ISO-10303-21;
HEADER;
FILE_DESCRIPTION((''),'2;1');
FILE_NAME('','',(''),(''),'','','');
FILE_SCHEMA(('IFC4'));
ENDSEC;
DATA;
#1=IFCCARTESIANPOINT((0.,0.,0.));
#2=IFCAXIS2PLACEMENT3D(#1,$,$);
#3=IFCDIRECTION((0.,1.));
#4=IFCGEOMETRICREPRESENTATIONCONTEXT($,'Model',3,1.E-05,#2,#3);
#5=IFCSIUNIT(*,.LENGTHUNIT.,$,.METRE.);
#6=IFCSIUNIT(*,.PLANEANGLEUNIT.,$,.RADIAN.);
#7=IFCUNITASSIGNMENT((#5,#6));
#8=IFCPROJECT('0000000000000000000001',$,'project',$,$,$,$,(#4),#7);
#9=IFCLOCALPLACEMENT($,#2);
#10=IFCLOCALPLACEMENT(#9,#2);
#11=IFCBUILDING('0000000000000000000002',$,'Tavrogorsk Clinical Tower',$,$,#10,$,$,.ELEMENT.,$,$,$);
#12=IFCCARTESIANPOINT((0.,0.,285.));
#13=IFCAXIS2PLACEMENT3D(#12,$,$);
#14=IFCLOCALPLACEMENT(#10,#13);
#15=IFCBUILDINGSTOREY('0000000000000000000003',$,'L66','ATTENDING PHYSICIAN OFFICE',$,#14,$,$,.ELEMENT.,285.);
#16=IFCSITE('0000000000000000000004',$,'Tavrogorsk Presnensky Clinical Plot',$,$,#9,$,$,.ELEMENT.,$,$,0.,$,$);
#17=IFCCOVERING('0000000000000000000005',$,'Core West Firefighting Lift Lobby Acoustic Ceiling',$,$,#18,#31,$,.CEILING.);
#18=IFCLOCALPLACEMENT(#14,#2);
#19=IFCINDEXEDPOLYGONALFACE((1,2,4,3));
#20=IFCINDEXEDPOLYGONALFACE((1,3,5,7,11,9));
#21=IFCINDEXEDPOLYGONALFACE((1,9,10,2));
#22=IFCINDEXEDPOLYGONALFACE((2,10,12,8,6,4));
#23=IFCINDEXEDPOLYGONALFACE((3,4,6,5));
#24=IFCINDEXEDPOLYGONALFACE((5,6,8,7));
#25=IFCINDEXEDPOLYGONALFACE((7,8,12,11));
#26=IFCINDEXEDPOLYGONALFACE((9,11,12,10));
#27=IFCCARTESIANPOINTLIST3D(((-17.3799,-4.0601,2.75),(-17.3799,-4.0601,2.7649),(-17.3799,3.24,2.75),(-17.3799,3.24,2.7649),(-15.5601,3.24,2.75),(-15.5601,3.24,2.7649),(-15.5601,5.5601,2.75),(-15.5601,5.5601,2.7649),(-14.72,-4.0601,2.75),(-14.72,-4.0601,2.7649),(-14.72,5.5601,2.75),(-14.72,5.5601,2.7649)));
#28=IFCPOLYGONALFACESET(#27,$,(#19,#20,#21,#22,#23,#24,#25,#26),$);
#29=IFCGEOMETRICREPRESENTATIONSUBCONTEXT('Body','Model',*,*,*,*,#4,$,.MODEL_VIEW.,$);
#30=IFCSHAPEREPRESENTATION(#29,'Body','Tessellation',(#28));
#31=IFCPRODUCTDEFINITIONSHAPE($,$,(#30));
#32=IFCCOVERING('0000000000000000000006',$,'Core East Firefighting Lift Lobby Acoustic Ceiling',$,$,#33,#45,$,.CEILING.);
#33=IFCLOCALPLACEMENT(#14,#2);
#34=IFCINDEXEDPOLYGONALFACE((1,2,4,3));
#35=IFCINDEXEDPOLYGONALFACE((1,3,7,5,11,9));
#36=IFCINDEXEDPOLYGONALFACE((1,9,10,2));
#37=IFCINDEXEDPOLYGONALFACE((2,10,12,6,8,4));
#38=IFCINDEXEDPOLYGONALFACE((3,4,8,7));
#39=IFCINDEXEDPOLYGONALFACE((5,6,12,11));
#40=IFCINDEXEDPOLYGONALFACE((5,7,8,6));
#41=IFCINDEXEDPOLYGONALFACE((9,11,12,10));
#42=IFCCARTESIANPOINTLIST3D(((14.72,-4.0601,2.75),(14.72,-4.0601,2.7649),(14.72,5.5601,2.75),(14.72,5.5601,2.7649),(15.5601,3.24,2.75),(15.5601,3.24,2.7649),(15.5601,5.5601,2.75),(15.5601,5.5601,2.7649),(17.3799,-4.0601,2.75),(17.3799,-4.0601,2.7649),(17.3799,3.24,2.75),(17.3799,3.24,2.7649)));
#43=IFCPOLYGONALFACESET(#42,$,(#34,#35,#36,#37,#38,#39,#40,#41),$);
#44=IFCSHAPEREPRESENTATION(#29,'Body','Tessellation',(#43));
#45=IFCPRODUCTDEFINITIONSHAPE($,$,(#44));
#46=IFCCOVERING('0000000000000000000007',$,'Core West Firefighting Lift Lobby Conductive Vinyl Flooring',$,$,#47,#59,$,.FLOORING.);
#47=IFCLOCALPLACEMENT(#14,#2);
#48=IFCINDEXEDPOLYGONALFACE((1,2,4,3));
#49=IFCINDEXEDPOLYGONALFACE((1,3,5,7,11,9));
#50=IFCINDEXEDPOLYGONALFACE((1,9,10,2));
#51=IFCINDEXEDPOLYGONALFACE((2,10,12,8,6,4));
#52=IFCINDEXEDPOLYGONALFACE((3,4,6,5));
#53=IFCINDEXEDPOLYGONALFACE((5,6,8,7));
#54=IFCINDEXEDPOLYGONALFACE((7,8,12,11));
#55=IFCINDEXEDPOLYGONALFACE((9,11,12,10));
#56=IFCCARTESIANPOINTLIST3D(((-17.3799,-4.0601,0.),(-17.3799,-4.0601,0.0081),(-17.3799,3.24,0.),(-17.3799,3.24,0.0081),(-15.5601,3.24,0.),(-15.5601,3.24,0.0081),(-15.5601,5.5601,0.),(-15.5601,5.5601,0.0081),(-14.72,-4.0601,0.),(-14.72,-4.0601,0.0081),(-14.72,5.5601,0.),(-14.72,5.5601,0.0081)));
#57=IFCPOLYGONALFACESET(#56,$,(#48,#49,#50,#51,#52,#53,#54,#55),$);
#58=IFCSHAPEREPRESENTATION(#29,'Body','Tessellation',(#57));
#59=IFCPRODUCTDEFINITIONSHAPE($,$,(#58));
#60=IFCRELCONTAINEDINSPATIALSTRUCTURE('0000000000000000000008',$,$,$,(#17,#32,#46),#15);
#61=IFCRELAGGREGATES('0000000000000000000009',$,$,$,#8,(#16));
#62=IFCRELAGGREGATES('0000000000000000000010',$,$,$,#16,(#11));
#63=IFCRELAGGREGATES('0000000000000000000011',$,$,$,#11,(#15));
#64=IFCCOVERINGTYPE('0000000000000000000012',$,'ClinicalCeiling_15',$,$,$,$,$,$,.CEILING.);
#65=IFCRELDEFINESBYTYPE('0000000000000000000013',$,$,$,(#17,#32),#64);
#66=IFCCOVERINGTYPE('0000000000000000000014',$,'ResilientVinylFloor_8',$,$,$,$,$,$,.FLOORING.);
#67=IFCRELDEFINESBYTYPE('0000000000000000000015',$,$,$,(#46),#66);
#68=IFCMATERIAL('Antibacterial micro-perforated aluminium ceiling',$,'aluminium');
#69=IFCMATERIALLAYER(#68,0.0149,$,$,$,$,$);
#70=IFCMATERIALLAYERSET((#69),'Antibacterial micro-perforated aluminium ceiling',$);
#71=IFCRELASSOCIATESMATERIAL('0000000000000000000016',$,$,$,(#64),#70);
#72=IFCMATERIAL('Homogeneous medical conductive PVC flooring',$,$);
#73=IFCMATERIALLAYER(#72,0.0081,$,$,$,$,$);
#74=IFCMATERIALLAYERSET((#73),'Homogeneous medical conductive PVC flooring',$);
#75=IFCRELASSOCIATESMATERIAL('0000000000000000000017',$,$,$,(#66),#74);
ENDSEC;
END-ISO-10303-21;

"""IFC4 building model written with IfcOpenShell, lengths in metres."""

from ifc_helpers import new_model, si_unit, direction, frame, origin, place, context, subcontext, project, spatial, polyline, outline, extrude, material, layer, layer_set, type_object, element, save


model = new_model("IFC4")

# Units and contexts
model_context = context("Model", 3, precision=1e-05, world=origin(), true_north=direction((0.0, 1.0)))
body_context = subcontext(model_context, "Body", "Model", "MODEL_VIEW")
ifc_project = project(units=[si_unit("LENGTHUNIT", "METRE"), si_unit("PLANEANGLEUNIT", "RADIAN")], contexts=[model_context])

# Site, building, storey
site_placement = place(None, origin())
site = spatial("IfcSite", under=ifc_project, at=site_placement, Name="Tavrogorsk Presnensky Clinical Plot", CompositionType="ELEMENT", RefElevation=0.0)
building_placement = place(site_placement, origin())
building = spatial("IfcBuilding", under=site, at=building_placement, Name="Tavrogorsk Clinical Tower", CompositionType="ELEMENT")
storey_placement = place(building_placement, frame((0.0, 0.0, 285.0)))
storey = spatial("IfcBuildingStorey", under=building, at=storey_placement, Name="L66", Description="ATTENDING PHYSICIAN OFFICE", CompositionType="ELEMENT", Elevation=285.0)

# Coverings
ifc_material_1 = material(Name="Antibacterial micro-perforated aluminium ceiling", Category="aluminium")
ifc_layer_1 = layer(ifc_material_1, 0.0149)
ifc_layer_set_1 = layer_set([ifc_layer_1], Name="Antibacterial micro-perforated aluminium ceiling")
covering_type_1 = type_object("IfcCoveringType", Name="ClinicalCeiling_15", PredefinedType="CEILING", material=ifc_layer_set_1)
covering_1_placement = place(storey_placement, frame((0.0, 0.0, 2.75)))
element("IfcCovering", 1, at=covering_1_placement, inside=storey, type_object=covering_type_1, Name="Core West Firefighting Lift Lobby Acoustic Ceiling", PredefinedType="CEILING", context=body_context, shape_type="SweptSolid", body=[
    extrude(outline(polyline([(-14.72, 5.5601), (-14.72, -4.0601), (-17.3799, -4.0601), (-17.3799, 3.24), (-15.5601, 3.24), (-15.5601, 5.5601), (-14.72, 5.5601)])), origin(), (0.0, 0.0, 1.0), 0.0149),
])
covering_2_placement = place(storey_placement, frame((0.0, 0.0, 2.75)))
element("IfcCovering", 2, at=covering_2_placement, inside=storey, type_object=covering_type_1, Name="Core East Firefighting Lift Lobby Acoustic Ceiling", PredefinedType="CEILING", context=body_context, shape_type="SweptSolid", body=[
    extrude(outline(polyline([(17.3799, -4.0601), (14.72, -4.0601), (14.72, 5.5601), (15.5601, 5.5601), (15.5601, 3.24), (17.3799, 3.24), (17.3799, -4.0601)])), origin(), (0.0, 0.0, 1.0), 0.0149),
])
ifc_material_2 = material(Name="Homogeneous medical conductive PVC flooring")
ifc_layer_2 = layer(ifc_material_2, 0.0081)
ifc_layer_set_2 = layer_set([ifc_layer_2], Name="Homogeneous medical conductive PVC flooring")
covering_type_2 = type_object("IfcCoveringType", Name="ResilientVinylFloor_8", PredefinedType="FLOORING", material=ifc_layer_set_2)
covering_3_placement = place(storey_placement, origin())
element("IfcCovering", 3, at=covering_3_placement, inside=storey, type_object=covering_type_2, Name="Core West Firefighting Lift Lobby Conductive Vinyl Flooring", PredefinedType="FLOORING", context=body_context, shape_type="SweptSolid", body=[
    extrude(outline(polyline([(-14.72, 5.5601), (-14.72, -4.0601), (-17.3799, -4.0601), (-17.3799, 3.24), (-15.5601, 3.24), (-15.5601, 5.5601), (-14.72, 5.5601)])), origin(), (0.0, 0.0, 1.0), 0.0081),
])

save(model, "model.ifc")
